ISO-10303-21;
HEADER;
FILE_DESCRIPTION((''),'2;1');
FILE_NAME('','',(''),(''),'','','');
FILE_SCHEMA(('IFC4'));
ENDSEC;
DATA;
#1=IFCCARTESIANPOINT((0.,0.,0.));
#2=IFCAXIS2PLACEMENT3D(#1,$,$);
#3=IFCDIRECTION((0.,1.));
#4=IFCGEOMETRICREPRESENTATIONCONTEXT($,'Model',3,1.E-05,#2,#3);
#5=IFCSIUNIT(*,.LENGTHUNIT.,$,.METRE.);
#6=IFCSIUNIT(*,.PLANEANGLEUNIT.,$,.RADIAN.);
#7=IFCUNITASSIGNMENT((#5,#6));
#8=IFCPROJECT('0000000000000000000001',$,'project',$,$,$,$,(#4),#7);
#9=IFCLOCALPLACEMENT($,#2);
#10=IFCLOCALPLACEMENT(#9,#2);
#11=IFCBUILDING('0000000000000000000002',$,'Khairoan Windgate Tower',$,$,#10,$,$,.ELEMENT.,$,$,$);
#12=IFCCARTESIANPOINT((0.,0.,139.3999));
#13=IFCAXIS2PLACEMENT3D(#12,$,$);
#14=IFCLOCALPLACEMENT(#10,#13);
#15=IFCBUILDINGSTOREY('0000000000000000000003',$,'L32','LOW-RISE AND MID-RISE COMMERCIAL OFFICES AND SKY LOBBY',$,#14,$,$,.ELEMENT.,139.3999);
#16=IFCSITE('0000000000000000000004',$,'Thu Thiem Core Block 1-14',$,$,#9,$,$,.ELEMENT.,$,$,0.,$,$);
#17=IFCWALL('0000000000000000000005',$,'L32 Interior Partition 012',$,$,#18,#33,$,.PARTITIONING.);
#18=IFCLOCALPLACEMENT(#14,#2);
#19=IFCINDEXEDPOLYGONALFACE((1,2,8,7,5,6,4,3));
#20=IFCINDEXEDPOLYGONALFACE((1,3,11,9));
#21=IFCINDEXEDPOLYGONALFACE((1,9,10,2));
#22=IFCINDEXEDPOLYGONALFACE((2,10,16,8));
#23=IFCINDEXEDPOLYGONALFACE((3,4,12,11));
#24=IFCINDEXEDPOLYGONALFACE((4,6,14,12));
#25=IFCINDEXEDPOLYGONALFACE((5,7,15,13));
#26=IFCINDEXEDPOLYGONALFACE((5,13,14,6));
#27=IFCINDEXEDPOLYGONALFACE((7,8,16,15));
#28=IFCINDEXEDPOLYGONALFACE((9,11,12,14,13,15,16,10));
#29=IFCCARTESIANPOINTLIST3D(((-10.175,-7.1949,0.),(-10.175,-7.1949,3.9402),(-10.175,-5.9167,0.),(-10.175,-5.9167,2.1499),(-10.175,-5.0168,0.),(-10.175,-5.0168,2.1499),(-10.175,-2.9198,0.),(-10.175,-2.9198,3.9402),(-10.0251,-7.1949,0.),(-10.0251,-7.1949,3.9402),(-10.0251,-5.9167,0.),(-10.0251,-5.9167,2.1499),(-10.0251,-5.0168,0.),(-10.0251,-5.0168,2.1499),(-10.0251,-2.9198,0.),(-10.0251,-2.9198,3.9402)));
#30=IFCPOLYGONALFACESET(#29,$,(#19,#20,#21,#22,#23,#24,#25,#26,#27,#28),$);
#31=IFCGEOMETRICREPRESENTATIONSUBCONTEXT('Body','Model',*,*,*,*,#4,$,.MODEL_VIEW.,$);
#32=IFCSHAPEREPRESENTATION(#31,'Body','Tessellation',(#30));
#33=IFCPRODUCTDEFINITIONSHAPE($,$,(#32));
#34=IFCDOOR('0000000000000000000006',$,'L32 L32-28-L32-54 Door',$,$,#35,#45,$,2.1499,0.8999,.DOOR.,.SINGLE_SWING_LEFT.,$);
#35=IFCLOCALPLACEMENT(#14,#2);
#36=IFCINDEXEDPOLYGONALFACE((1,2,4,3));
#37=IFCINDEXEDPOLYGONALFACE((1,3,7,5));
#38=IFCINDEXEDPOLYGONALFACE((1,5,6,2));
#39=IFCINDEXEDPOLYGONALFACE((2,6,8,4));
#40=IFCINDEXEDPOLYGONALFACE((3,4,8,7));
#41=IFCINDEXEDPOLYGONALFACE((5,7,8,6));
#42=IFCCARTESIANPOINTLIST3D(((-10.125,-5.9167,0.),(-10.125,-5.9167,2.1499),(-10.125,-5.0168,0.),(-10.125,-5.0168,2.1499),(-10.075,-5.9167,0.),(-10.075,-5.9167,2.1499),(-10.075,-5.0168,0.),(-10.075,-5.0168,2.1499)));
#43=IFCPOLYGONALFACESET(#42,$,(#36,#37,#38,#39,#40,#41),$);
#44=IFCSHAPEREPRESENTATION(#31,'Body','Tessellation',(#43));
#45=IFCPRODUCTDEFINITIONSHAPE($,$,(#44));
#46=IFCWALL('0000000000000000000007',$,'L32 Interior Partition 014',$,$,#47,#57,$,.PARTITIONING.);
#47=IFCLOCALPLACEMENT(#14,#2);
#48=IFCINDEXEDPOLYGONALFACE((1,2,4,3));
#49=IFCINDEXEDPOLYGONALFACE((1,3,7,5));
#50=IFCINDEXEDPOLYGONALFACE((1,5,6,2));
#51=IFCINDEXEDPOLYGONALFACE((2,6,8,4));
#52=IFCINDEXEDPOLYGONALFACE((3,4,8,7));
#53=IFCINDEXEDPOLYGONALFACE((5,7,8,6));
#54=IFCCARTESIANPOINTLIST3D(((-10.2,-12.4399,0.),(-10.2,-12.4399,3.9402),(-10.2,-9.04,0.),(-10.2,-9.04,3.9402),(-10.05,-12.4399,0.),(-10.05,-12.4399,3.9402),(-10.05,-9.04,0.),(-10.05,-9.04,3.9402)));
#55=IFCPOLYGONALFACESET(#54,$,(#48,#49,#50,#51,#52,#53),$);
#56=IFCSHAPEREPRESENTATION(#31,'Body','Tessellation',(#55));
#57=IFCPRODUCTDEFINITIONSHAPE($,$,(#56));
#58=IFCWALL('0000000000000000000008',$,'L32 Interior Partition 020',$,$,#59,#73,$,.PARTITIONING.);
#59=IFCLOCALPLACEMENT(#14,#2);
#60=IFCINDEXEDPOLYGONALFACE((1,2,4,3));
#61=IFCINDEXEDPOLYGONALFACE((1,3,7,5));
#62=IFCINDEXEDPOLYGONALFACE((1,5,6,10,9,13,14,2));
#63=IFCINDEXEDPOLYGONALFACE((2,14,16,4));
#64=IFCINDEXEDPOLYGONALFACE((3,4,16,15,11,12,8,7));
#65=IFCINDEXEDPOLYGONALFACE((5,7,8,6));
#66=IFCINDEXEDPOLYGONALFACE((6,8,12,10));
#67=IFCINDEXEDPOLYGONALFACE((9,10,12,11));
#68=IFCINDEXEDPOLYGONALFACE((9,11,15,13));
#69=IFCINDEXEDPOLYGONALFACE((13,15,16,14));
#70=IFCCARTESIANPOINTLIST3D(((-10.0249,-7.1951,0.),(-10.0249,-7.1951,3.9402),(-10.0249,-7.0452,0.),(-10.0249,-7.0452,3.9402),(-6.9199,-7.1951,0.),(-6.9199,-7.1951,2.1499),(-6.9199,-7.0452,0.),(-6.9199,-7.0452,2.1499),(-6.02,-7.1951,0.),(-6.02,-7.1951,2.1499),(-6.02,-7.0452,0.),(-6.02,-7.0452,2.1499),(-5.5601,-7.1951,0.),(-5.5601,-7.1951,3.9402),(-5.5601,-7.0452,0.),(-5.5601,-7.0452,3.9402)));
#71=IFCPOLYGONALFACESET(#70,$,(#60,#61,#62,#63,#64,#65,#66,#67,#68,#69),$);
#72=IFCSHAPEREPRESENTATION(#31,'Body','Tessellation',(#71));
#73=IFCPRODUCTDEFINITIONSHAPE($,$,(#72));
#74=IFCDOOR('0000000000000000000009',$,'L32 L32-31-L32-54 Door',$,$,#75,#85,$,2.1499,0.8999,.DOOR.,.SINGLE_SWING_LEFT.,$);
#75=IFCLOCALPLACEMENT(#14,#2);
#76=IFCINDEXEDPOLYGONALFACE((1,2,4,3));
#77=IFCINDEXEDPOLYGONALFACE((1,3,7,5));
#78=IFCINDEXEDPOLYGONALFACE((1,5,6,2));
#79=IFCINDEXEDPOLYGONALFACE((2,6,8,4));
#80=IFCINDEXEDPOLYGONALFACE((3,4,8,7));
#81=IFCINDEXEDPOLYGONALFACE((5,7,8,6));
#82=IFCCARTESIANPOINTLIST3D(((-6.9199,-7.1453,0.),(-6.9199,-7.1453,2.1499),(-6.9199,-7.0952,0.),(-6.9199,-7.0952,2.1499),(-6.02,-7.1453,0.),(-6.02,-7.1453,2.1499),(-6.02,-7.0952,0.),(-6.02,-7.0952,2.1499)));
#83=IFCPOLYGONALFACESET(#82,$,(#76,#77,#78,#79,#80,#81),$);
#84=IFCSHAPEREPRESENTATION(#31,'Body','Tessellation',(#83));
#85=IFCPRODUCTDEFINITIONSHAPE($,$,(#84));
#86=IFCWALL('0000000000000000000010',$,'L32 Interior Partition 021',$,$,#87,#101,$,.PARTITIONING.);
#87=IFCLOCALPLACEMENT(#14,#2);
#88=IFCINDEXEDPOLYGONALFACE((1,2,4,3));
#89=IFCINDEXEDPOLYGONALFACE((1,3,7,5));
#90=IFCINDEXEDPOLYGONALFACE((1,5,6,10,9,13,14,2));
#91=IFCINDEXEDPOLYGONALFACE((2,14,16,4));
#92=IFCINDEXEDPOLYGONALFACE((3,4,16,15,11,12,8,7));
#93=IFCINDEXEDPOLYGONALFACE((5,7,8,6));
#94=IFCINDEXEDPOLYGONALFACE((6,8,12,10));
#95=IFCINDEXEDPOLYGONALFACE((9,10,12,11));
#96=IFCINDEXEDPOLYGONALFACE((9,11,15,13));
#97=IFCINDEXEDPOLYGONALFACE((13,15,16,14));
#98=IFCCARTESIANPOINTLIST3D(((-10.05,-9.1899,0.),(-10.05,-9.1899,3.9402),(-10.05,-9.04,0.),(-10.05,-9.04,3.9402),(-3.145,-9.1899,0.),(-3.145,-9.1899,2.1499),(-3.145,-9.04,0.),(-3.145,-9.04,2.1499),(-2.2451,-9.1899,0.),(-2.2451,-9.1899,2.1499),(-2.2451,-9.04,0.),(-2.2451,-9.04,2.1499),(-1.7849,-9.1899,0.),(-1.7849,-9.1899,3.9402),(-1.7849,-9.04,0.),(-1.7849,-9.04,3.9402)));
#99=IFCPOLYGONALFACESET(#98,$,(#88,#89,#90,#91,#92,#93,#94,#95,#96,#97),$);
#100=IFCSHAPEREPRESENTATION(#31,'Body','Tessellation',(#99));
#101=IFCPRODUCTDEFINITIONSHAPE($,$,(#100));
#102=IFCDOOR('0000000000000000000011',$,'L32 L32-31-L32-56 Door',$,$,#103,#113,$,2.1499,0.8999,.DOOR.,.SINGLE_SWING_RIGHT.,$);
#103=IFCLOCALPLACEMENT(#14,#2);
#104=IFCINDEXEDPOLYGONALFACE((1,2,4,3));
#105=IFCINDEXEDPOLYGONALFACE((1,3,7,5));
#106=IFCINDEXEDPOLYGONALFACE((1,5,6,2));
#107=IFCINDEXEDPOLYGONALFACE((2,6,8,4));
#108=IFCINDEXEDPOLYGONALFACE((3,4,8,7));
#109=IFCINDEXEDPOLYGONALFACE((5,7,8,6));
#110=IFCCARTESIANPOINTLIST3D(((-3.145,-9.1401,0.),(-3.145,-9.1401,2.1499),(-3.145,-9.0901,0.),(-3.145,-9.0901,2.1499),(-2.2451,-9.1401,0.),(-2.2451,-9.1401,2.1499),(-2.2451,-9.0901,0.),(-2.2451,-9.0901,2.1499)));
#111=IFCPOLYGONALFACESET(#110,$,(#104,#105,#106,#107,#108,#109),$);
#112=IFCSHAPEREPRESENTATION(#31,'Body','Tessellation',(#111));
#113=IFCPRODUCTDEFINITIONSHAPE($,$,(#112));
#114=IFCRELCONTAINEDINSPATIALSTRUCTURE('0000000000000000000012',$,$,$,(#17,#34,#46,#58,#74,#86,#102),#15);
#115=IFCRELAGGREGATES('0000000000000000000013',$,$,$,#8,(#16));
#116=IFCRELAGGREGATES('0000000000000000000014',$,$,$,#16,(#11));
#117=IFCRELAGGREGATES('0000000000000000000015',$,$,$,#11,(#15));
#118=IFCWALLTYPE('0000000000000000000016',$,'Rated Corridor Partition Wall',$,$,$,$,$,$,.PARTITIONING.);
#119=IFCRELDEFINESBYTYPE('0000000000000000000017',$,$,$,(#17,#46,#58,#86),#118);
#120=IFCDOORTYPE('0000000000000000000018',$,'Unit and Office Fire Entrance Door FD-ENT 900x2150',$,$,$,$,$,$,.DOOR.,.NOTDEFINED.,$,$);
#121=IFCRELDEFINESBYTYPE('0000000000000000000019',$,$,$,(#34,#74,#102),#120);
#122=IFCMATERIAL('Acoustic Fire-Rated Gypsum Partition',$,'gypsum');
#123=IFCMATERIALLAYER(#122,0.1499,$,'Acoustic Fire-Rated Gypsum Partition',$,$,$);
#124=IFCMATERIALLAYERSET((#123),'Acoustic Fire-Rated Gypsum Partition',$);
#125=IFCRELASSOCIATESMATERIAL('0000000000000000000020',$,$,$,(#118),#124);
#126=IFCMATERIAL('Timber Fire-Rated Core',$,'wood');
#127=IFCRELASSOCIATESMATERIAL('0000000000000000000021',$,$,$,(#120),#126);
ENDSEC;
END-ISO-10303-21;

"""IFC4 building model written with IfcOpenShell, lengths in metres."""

from ifc_helpers import new_model, si_unit, direction, frame, frame_2d, origin, place, context, subcontext, project, spatial, rectangle, extrude, material, layer, layer_set, type_object, element, fill, save


model = new_model("IFC4")

# Units and contexts
model_context = context("Model", 3, precision=1e-05, world=origin(), true_north=direction((0.0, 1.0)))
body_context = subcontext(model_context, "Body", "Model", "MODEL_VIEW")
ifc_project = project(units=[si_unit("LENGTHUNIT", "METRE"), si_unit("PLANEANGLEUNIT", "RADIAN")], contexts=[model_context])

# Site, building, storey
site_placement = place(None, origin())
site = spatial("IfcSite", under=ifc_project, at=site_placement, Name="Thu Thiem Core Block 1-14", CompositionType="ELEMENT", RefElevation=0.0)
building_placement = place(site_placement, origin())
building = spatial("IfcBuilding", under=site, at=building_placement, Name="Khairoan Windgate Tower", CompositionType="ELEMENT")
storey_placement = place(building_placement, frame((0.0, 0.0, 139.3999)))
storey = spatial("IfcBuildingStorey", under=building, at=storey_placement, Name="L32", Description="LOW-RISE AND MID-RISE COMMERCIAL OFFICES AND SKY LOBBY", CompositionType="ELEMENT", Elevation=139.3999)

# Wall, opening, door
ifc_material_1 = material(Name="Acoustic Fire-Rated Gypsum Partition", Category="gypsum")
ifc_layer_1 = layer(ifc_material_1, 0.1499, Name="Acoustic Fire-Rated Gypsum Partition")
ifc_layer_set_1 = layer_set([ifc_layer_1], Name="Acoustic Fire-Rated Gypsum Partition")
wall_type_1 = type_object("IfcWallType", Name="Rated Corridor Partition Wall", PredefinedType="PARTITIONING", material=ifc_layer_set_1)
wall_1_placement = place(storey_placement, frame((-10.1001, -7.1951, 0.0), z_axis=(0.0, 0.0, 1.0), x_axis=(0.0, 1.0, 0.0)))
wall_1 = element("IfcWall", 1, at=wall_1_placement, inside=storey, type_object=wall_type_1, Name="L32 Interior Partition 012", PredefinedType="PARTITIONING", context=body_context, shape_type="SweptSolid", body=[
    extrude(rectangle(XDim=4.2751, YDim=0.1499, at=frame_2d((2.1377, 0.0))), origin(), (0.0, 0.0, 1.0), 3.9402),
])
opening_1_placement = place(wall_1_placement, frame((1.2783, 0.0, 0.0)))
opening_1 = element("IfcOpeningElement", 2, at=opening_1_placement, cuts=wall_1, PredefinedType="OPENING", context=body_context, shape_type="SweptSolid", body=[
    extrude(rectangle(XDim=0.8999, YDim=2.1499, at=frame_2d((0.45, 1.075))), frame((0.0, 0.085, 0.0), z_axis=(0.0, -1.0, 0.0), x_axis=(1.0, 0.0, 0.0)), (0.0, 0.0, 1.0), 0.1699),
])
ifc_material_2 = material(Name="Timber Fire-Rated Core", Category="wood")
door_type_1 = type_object("IfcDoorType", Name="Unit and Office Fire Entrance Door FD-ENT 900x2150", OperationType="NOTDEFINED", PredefinedType="DOOR", material=ifc_material_2)
door_1_placement = place(opening_1_placement, origin())
door_1 = element("IfcDoor", 3, at=door_1_placement, inside=storey, type_object=door_type_1, Name="L32 L32-28-L32-54 Door", OperationType="SINGLE_SWING_LEFT", OverallHeight=2.1499, OverallWidth=0.8999, PredefinedType="DOOR", context=body_context, shape_type="SweptSolid", body=[
    extrude(rectangle(XDim=0.8999, YDim=2.1499, at=frame_2d((0.45, 1.075))), frame((0.0, 0.0249, 0.0), z_axis=(0.0, -1.0, 0.0), x_axis=(1.0, 0.0, 0.0)), (0.0, 0.0, 1.0), 0.05),
])
fill(opening_1, door_1)

# Wall
wall_2_placement = place(storey_placement, frame((-10.125, -12.4399, 0.0), z_axis=(0.0, 0.0, 1.0), x_axis=(0.0, 1.0, 0.0)))
element("IfcWall", 4, at=wall_2_placement, inside=storey, type_object=wall_type_1, Name="L32 Interior Partition 014", PredefinedType="PARTITIONING", context=body_context, shape_type="SweptSolid", body=[
    extrude(rectangle(XDim=3.3999, YDim=0.1499, at=frame_2d((1.7, 0.0))), origin(), (0.0, 0.0, 1.0), 3.9402),
])

# Walls, openings, doors
wall_3_placement = place(storey_placement, frame((-10.0249, -7.1201, 0.0), z_axis=(0.0, 0.0, 1.0), x_axis=(1.0, 0.0, 0.0)))
wall_3 = element("IfcWall", 5, at=wall_3_placement, inside=storey, type_object=wall_type_1, Name="L32 Interior Partition 020", PredefinedType="PARTITIONING", context=body_context, shape_type="SweptSolid", body=[
    extrude(rectangle(XDim=4.4648, YDim=0.1499, at=frame_2d((2.2324, 0.0))), origin(), (0.0, 0.0, 1.0), 3.9402),
])
opening_2_placement = place(wall_3_placement, frame((3.105, 0.0, 0.0)))
opening_2 = element("IfcOpeningElement", 6, at=opening_2_placement, cuts=wall_3, PredefinedType="OPENING", context=body_context, shape_type="SweptSolid", body=[
    extrude(rectangle(XDim=0.8999, YDim=2.1499, at=frame_2d((0.45, 1.075))), frame((0.0, 0.085, 0.0), z_axis=(0.0, -1.0, 0.0), x_axis=(1.0, 0.0, 0.0)), (0.0, 0.0, 1.0), 0.1699),
])
door_2_placement = place(opening_2_placement, origin())
door_2 = element("IfcDoor", 7, at=door_2_placement, inside=storey, type_object=door_type_1, Name="L32 L32-31-L32-54 Door", OperationType="SINGLE_SWING_LEFT", OverallHeight=2.1499, OverallWidth=0.8999, PredefinedType="DOOR", context=body_context, shape_type="SweptSolid", body=[
    extrude(rectangle(XDim=0.8999, YDim=2.1499, at=frame_2d((0.45, 1.075))), frame((0.0, 0.0249, 0.0), z_axis=(0.0, -1.0, 0.0), x_axis=(1.0, 0.0, 0.0)), (0.0, 0.0, 1.0), 0.05),
])
fill(opening_2, door_2)
wall_4_placement = place(storey_placement, frame((-10.05, -9.115, 0.0), z_axis=(0.0, 0.0, 1.0), x_axis=(1.0, 0.0, 0.0)))
wall_4 = element("IfcWall", 8, at=wall_4_placement, inside=storey, type_object=wall_type_1, Name="L32 Interior Partition 021", PredefinedType="PARTITIONING", context=body_context, shape_type="SweptSolid", body=[
    extrude(rectangle(XDim=8.2651, YDim=0.1499, at=frame_2d((4.1326, 0.0))), origin(), (0.0, 0.0, 1.0), 3.9402),
])
opening_3_placement = place(wall_4_placement, frame((6.905, 0.0, 0.0)))
opening_3 = element("IfcOpeningElement", 9, at=opening_3_placement, cuts=wall_4, PredefinedType="OPENING", context=body_context, shape_type="SweptSolid", body=[
    extrude(rectangle(XDim=0.8999, YDim=2.1499, at=frame_2d((0.45, 1.075))), frame((0.0, 0.085, 0.0), z_axis=(0.0, -1.0, 0.0), x_axis=(1.0, 0.0, 0.0)), (0.0, 0.0, 1.0), 0.1699),
])
door_3_placement = place(opening_3_placement, origin())
door_3 = element("IfcDoor", 10, at=door_3_placement, inside=storey, type_object=door_type_1, Name="L32 L32-31-L32-56 Door", OperationType="SINGLE_SWING_RIGHT", OverallHeight=2.1499, OverallWidth=0.8999, PredefinedType="DOOR", context=body_context, shape_type="SweptSolid", body=[
    extrude(rectangle(XDim=0.8999, YDim=2.1499, at=frame_2d((0.45, 1.075))), frame((0.0, 0.0249, 0.0), z_axis=(0.0, -1.0, 0.0), x_axis=(1.0, 0.0, 0.0)), (0.0, 0.0, 1.0), 0.05),
])
fill(opening_3, door_3)

save(model, "model.ifc")
